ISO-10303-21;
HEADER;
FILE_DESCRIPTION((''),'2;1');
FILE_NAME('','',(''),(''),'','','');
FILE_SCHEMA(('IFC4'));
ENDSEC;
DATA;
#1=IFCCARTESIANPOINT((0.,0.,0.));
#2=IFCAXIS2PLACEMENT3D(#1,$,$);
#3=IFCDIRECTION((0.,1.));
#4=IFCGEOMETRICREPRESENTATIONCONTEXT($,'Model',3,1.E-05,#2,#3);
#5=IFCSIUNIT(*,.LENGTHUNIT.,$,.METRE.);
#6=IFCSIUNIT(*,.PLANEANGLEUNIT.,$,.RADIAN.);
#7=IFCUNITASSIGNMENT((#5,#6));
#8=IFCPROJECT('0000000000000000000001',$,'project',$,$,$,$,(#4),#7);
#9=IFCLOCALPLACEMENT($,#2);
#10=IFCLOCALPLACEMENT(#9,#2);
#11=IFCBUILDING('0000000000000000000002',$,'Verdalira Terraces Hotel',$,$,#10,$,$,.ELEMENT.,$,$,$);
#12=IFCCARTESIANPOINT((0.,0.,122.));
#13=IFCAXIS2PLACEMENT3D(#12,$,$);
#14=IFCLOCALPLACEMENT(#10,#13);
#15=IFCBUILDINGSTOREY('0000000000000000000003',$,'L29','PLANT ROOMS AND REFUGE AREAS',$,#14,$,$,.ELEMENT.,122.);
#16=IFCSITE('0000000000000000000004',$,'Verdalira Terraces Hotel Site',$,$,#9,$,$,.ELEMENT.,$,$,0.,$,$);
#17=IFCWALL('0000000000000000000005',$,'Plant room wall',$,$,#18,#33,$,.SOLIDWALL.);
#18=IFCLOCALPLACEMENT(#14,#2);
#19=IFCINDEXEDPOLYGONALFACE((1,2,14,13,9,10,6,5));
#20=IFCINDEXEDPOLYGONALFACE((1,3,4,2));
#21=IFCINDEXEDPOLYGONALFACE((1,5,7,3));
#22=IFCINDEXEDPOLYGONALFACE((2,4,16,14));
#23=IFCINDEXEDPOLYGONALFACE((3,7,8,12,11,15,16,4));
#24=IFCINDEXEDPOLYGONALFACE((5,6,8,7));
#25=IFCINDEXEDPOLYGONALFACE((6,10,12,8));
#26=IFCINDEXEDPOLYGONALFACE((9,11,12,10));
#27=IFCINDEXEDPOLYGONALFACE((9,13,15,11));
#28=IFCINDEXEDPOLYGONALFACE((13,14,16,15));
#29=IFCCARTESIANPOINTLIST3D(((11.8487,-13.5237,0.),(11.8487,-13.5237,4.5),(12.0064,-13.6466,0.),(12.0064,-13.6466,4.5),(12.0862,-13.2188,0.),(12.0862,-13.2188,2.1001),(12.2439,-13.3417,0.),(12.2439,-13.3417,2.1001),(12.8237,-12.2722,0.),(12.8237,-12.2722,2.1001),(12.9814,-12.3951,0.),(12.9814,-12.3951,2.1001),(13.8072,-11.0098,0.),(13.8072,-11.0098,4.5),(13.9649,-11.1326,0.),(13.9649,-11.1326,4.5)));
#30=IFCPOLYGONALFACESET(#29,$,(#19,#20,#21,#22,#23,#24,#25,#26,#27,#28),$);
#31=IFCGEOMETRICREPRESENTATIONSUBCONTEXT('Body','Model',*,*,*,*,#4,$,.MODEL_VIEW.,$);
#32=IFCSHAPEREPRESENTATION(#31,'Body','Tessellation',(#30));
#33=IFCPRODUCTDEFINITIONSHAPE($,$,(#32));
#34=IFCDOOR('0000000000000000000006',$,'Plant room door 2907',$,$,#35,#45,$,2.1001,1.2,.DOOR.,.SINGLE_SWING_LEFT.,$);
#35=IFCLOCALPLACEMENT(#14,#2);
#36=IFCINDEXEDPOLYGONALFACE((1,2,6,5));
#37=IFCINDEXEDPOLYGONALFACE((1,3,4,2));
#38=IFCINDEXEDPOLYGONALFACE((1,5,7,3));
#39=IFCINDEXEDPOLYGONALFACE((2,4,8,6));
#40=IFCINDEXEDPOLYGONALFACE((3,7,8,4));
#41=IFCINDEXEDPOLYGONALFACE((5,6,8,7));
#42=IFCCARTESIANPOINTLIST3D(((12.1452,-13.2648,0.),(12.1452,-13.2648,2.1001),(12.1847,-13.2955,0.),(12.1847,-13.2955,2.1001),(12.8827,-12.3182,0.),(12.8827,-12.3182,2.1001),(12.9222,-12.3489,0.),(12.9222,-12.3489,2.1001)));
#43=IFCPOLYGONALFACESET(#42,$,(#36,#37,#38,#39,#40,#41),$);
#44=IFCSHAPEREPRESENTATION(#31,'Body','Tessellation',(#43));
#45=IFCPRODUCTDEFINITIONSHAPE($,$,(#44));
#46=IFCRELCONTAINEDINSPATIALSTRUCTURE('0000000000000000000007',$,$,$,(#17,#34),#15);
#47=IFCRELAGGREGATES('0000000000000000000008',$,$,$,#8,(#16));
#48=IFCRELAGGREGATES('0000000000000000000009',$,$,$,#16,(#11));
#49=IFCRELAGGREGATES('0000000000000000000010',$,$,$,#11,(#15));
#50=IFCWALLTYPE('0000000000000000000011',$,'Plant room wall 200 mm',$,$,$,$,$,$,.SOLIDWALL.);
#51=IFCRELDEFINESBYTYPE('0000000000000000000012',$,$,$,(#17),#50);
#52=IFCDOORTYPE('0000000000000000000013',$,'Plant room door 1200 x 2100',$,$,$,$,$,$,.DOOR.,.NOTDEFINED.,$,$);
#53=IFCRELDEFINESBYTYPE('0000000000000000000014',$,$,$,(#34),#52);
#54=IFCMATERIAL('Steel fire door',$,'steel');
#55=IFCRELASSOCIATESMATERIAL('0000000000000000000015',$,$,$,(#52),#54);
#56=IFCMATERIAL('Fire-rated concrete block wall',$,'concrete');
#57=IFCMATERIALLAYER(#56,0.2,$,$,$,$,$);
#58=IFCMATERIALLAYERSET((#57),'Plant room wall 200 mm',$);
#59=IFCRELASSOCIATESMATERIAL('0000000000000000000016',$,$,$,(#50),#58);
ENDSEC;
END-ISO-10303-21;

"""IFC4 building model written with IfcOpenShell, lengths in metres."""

from ifc_helpers import new_model, si_unit, direction, frame, frame_2d, origin, place, context, subcontext, project, spatial, rectangle, extrude, material, layer, layer_set, type_object, element, fill, save


model = new_model("IFC4")

# Units and contexts
model_context = context("Model", 3, precision=1e-05, world=origin(), true_north=direction((0.0, 1.0)))
body_context = subcontext(model_context, "Body", "Model", "MODEL_VIEW")
ifc_project = project(units=[si_unit("LENGTHUNIT", "METRE"), si_unit("PLANEANGLEUNIT", "RADIAN")], contexts=[model_context])

# Site, building, storey
site_placement = place(None, origin())
site = spatial("IfcSite", under=ifc_project, at=site_placement, Name="Verdalira Terraces Hotel Site", CompositionType="ELEMENT", RefElevation=0.0)
building_placement = place(site_placement, origin())
building = spatial("IfcBuilding", under=site, at=building_placement, Name="Verdalira Terraces Hotel", CompositionType="ELEMENT")
storey_placement = place(building_placement, frame((0.0, 0.0, 122.0)))
storey = spatial("IfcBuildingStorey", under=building, at=storey_placement, Name="L29", Description="PLANT ROOMS AND REFUGE AREAS", CompositionType="ELEMENT", Elevation=122.0)

# Wall, opening, door
ifc_material_1 = material(Name="Steel fire door", Category="steel")
door_type_1 = type_object("IfcDoorType", Name="Plant room door 1200 x 2100", OperationType="NOTDEFINED", PredefinedType="DOOR", material=ifc_material_1)
ifc_material_2 = material(Name="Fire-rated concrete block wall", Category="concrete")
ifc_layer_1 = layer(ifc_material_2, 0.2)
ifc_layer_set_1 = layer_set([ifc_layer_1], Name="Plant room wall 200 mm")
wall_type_1 = type_object("IfcWallType", Name="Plant room wall 200 mm", PredefinedType="SOLIDWALL", material=ifc_layer_set_1)
wall_1_placement = place(storey_placement, frame((13.886, -11.0713, 0.0), z_axis=(0.0, 0.0, 1.0), x_axis=(-0.614572, -0.788861, 0.0)))
wall_1 = element("IfcWall", 1, at=wall_1_placement, inside=storey, type_object=wall_type_1, Name="Plant room wall", PredefinedType="SOLIDWALL", context=body_context, shape_type="SweptSolid", body=[
    extrude(rectangle(XDim=3.1868, YDim=0.2, at=frame_2d((1.5933, 0.0))), origin(), (0.0, 0.0, 1.0), 4.5),
])
opening_1_placement = place(wall_1_placement, frame((1.6001, 0.0, 0.0)))
opening_1 = element("IfcOpeningElement", 2, at=opening_1_placement, cuts=wall_1, PredefinedType="OPENING", context=body_context, shape_type="SweptSolid", body=[
    extrude(rectangle(XDim=1.2, YDim=2.1001, at=frame_2d((0.6001, 1.05))), frame((0.0, 0.1099, 0.0), z_axis=(0.0, -1.0, 0.0), x_axis=(1.0, 0.0, 0.0)), (0.0, 0.0, 1.0), 0.22),
])
door_1_placement = place(opening_1_placement, origin())
door_1 = element("IfcDoor", 3, at=door_1_placement, inside=storey, type_object=door_type_1, Name="Plant room door 2907", OperationType="SINGLE_SWING_LEFT", OverallHeight=2.1001, OverallWidth=1.2, PredefinedType="DOOR", context=body_context, shape_type="SweptSolid", body=[
    extrude(rectangle(XDim=1.2, YDim=2.1001, at=frame_2d((0.6001, 1.05))), frame((0.0, 0.0249, 0.0), z_axis=(0.0, -1.0, 0.0), x_axis=(1.0, 0.0, 0.0)), (0.0, 0.0, 1.0), 0.05),
])
fill(opening_1, door_1)

save(model, "model.ifc")
